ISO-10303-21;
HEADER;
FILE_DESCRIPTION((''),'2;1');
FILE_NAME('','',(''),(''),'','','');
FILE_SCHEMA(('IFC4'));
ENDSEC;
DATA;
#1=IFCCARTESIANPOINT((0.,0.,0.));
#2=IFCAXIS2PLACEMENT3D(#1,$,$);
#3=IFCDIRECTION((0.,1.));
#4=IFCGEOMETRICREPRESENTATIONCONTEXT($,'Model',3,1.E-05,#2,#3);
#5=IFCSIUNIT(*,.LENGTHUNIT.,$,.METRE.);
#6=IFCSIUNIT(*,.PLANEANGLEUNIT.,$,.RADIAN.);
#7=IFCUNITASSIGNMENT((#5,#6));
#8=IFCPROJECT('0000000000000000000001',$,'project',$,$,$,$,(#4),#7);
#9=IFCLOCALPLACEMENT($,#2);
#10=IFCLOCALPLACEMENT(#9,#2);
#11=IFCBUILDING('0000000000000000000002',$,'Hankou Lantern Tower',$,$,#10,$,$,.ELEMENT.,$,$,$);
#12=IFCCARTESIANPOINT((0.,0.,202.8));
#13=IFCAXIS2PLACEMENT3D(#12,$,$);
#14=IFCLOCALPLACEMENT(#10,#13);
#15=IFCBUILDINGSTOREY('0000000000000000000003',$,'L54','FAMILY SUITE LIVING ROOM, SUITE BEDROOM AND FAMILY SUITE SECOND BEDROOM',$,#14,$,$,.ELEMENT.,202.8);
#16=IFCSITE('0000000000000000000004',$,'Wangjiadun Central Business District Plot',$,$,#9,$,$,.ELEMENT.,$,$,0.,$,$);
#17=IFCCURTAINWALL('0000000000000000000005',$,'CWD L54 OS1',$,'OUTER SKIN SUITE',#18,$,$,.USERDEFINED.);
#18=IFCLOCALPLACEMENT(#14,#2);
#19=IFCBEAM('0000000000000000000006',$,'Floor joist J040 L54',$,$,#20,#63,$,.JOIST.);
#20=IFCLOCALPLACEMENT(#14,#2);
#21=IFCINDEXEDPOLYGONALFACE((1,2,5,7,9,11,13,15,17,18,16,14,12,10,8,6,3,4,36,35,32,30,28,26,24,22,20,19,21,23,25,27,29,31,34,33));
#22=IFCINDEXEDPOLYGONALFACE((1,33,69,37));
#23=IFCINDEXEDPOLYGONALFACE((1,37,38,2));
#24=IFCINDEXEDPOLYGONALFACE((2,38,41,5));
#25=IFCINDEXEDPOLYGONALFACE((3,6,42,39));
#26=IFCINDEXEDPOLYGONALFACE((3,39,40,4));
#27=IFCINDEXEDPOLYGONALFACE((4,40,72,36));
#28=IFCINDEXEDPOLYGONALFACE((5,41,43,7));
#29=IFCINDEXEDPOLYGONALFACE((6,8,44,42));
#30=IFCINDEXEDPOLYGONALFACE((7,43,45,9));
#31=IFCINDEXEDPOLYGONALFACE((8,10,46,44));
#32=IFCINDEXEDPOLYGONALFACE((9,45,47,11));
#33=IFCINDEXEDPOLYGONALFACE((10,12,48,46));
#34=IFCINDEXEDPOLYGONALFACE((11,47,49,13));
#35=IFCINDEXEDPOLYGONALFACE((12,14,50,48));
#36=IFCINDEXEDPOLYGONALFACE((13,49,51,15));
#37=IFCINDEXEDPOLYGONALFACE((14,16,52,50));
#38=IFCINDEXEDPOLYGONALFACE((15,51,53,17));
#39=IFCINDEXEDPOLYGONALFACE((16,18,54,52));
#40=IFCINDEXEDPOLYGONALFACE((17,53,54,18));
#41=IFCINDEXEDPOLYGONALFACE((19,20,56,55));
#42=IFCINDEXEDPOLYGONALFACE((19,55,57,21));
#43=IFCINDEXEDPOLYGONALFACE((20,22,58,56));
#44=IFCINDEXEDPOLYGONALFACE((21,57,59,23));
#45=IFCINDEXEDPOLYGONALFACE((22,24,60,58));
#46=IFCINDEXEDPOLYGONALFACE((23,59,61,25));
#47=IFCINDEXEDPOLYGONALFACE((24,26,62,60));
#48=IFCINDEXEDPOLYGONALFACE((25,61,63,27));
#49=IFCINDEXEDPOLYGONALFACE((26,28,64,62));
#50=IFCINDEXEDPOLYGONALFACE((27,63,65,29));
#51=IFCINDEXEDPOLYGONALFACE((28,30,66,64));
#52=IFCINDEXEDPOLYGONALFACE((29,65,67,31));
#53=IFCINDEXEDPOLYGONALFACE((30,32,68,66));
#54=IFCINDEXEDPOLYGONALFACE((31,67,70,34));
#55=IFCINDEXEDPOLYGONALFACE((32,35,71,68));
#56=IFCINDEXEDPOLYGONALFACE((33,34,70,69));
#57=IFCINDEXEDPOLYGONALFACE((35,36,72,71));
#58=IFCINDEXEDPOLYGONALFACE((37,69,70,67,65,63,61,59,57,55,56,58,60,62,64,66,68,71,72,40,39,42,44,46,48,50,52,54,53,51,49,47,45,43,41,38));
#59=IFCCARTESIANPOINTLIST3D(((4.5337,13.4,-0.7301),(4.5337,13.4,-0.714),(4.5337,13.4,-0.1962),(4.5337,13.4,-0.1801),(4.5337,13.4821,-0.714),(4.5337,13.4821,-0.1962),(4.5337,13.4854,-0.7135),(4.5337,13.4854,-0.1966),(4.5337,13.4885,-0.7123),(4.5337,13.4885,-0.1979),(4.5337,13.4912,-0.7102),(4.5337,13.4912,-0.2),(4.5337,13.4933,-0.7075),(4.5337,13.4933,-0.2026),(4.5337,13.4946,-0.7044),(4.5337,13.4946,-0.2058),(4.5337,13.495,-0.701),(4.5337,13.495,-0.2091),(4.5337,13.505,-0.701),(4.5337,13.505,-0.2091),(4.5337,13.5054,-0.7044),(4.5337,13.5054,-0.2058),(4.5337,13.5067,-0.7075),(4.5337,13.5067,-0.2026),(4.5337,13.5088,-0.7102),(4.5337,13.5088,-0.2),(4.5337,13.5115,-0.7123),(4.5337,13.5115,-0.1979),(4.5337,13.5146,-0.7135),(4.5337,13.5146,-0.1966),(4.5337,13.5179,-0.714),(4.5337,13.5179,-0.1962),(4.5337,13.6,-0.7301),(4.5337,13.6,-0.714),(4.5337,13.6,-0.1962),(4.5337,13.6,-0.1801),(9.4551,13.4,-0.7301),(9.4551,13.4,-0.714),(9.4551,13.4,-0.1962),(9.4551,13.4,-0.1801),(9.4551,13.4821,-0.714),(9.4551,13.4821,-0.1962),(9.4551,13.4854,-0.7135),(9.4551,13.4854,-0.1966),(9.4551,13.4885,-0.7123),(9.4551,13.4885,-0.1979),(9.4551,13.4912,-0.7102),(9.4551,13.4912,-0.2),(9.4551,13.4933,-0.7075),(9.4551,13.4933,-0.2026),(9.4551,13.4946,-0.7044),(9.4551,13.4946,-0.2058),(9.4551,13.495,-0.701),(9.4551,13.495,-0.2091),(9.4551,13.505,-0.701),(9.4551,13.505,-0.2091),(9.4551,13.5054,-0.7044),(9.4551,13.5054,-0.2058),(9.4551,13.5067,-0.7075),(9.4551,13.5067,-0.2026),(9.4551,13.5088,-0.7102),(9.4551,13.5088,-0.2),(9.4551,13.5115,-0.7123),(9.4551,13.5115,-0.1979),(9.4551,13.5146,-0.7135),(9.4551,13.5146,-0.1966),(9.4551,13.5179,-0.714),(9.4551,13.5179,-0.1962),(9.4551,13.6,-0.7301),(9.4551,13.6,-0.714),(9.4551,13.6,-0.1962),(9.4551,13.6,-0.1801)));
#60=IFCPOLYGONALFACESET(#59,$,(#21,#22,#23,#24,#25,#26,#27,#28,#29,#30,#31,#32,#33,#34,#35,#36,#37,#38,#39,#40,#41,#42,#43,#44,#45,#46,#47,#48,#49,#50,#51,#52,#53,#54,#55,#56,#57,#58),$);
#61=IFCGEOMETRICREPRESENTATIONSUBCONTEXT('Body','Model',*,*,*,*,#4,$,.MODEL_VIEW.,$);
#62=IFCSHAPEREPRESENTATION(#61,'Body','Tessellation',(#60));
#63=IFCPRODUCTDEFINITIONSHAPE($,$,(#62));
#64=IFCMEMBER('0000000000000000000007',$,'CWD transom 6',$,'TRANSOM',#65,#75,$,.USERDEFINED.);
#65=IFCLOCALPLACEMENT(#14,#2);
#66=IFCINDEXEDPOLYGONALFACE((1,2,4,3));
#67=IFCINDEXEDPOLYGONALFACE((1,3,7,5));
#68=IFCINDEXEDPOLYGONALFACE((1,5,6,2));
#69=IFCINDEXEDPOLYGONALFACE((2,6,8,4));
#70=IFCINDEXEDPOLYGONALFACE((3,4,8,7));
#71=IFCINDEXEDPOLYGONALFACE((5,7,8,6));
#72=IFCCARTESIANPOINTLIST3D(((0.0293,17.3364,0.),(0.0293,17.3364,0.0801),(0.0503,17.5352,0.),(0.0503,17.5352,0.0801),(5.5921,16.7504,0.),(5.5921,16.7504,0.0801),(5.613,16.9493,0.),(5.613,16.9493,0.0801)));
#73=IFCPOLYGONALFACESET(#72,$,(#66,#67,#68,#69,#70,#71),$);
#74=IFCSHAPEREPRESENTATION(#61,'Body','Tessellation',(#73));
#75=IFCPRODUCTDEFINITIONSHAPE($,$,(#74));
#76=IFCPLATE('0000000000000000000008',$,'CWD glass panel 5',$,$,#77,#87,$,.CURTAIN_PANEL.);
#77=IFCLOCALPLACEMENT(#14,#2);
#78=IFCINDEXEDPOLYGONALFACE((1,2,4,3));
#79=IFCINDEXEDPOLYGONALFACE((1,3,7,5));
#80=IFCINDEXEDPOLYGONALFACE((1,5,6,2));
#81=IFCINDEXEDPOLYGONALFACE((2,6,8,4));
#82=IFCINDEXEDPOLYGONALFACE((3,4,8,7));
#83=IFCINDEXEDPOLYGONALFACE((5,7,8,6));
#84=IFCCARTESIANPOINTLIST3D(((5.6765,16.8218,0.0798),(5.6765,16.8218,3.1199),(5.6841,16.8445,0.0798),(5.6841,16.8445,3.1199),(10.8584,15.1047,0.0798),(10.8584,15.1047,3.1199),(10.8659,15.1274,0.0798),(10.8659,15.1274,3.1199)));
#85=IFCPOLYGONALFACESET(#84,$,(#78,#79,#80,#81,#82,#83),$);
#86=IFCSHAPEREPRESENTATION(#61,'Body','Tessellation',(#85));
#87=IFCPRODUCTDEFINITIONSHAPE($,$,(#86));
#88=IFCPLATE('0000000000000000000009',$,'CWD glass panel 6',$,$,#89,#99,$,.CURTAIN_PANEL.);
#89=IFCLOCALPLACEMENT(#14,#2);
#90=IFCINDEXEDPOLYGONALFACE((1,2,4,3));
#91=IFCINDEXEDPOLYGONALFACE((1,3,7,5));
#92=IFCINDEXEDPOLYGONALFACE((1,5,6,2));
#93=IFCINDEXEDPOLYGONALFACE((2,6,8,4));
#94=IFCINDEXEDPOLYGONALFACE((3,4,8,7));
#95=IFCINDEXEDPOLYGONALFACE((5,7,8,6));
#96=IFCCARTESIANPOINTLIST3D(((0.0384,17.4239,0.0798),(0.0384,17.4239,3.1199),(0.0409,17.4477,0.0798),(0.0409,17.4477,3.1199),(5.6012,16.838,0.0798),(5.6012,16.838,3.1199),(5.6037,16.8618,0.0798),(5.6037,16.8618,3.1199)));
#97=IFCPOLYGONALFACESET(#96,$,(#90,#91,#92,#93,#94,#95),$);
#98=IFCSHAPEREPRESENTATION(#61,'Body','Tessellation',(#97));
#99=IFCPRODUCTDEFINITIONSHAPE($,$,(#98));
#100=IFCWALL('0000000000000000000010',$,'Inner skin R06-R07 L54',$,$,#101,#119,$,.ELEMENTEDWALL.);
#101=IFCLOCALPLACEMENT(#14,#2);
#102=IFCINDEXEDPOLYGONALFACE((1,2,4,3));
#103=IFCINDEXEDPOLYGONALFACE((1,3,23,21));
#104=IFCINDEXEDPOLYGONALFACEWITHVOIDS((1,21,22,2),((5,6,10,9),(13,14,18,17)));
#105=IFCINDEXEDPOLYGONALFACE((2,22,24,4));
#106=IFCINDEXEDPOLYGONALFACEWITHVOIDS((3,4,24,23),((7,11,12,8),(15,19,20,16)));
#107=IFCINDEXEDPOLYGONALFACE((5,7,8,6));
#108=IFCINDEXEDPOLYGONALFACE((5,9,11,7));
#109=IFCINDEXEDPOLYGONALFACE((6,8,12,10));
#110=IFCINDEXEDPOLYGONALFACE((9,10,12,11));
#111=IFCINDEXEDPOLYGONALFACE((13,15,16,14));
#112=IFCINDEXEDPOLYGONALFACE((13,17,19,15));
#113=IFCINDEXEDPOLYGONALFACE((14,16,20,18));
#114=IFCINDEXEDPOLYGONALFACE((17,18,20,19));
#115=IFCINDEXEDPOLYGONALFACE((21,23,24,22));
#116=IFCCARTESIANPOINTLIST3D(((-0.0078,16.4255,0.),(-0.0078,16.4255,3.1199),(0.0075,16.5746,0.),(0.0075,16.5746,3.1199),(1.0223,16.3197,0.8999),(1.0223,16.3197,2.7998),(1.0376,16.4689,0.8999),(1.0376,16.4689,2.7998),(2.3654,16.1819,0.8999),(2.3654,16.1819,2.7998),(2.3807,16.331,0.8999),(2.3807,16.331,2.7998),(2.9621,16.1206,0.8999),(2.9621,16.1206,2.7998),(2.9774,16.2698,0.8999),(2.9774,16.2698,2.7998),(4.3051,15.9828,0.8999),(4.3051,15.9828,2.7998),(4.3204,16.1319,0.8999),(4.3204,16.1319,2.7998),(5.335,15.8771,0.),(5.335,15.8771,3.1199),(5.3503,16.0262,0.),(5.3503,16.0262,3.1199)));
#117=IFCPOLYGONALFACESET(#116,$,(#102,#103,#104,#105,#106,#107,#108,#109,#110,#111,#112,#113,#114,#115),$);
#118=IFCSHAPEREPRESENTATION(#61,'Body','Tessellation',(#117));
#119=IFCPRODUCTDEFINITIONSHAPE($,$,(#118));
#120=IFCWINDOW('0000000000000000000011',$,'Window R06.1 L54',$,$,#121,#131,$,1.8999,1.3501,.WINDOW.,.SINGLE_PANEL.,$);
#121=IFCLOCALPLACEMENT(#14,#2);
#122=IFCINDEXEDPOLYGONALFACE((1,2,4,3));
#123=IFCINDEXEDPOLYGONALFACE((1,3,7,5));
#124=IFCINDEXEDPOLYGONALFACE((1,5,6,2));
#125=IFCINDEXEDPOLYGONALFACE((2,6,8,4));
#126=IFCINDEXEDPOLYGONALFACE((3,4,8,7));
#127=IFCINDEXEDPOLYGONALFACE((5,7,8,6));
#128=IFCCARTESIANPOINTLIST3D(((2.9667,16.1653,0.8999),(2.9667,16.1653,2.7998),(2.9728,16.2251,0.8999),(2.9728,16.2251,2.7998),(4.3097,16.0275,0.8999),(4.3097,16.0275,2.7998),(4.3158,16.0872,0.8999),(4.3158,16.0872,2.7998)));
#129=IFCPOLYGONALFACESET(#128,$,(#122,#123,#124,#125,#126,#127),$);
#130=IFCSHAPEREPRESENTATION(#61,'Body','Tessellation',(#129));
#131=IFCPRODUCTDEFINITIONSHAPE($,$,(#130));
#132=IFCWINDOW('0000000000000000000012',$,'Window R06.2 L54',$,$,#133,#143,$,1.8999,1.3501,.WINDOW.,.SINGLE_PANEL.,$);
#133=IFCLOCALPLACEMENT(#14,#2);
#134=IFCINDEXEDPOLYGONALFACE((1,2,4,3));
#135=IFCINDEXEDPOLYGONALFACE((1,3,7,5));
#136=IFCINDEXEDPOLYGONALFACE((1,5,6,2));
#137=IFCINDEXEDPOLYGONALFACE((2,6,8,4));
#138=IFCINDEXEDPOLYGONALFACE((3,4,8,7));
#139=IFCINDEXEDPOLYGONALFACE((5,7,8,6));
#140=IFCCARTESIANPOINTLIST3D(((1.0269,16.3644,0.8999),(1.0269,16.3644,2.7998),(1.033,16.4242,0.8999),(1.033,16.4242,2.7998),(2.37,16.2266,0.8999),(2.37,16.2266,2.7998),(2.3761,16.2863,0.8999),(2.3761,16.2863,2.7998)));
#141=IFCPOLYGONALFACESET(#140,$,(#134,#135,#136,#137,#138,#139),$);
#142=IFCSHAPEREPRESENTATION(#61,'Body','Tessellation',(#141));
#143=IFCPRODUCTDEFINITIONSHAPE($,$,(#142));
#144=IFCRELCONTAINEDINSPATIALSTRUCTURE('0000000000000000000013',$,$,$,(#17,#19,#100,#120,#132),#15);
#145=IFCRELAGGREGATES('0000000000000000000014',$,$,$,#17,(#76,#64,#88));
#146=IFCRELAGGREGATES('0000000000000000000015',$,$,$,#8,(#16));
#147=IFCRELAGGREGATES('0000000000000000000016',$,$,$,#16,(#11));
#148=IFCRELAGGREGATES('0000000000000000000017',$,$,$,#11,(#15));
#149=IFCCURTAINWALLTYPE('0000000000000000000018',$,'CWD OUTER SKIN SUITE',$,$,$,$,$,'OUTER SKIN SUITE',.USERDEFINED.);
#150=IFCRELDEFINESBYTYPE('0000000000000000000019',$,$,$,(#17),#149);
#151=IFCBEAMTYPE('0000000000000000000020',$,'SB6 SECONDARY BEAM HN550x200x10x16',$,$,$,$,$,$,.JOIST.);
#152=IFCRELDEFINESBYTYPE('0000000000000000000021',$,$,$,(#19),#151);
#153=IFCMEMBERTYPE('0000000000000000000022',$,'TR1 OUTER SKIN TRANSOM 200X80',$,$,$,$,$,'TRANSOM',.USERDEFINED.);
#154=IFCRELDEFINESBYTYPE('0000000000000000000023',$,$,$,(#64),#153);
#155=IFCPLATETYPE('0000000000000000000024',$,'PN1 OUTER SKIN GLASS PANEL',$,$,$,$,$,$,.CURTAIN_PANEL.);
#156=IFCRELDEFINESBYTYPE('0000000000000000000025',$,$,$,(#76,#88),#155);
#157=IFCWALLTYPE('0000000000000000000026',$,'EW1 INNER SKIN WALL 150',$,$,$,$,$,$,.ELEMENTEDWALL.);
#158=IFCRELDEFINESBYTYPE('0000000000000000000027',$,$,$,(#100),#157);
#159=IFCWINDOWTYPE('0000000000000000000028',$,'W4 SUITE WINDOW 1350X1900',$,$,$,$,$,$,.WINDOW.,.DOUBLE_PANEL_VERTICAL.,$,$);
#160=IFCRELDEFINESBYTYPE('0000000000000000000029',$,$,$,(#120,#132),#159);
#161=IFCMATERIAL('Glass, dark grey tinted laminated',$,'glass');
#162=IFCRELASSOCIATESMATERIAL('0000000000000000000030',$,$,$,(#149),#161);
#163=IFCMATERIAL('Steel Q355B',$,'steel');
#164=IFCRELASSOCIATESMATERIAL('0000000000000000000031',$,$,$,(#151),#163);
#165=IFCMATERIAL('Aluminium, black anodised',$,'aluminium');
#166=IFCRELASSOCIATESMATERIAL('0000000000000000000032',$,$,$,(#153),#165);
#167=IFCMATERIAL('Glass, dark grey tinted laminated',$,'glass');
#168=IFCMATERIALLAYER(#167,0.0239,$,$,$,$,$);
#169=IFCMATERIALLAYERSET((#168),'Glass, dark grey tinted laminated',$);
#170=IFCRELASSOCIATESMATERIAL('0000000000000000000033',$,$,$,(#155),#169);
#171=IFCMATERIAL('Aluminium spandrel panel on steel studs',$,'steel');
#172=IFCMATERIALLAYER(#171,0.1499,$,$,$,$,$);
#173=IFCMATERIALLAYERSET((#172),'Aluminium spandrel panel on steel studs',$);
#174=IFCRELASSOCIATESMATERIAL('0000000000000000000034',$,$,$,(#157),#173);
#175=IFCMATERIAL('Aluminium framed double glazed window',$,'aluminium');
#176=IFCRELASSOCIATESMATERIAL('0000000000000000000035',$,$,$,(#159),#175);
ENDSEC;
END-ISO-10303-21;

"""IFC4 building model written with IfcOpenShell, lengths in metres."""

from ifc_helpers import new_model, si_unit, direction, frame, frame_2d, origin, origin_2d, place, context, subcontext, project, spatial, rectangle, i_section, extrude, material, layer, layer_set, material_profile, profile_set, type_object, element, fill, aggregate, save


model = new_model("IFC4")

# Units and contexts
model_context = context("Model", 3, precision=1e-05, world=origin(), true_north=direction((0.0, 1.0)))
body_context = subcontext(model_context, "Body", "Model", "MODEL_VIEW")
ifc_project = project(units=[si_unit("LENGTHUNIT", "METRE"), si_unit("PLANEANGLEUNIT", "RADIAN")], contexts=[model_context])

# Site, building, storey
site_placement = place(None, origin())
site = spatial("IfcSite", under=ifc_project, at=site_placement, Name="Wangjiadun Central Business District Plot", CompositionType="ELEMENT", RefElevation=0.0)
building_placement = place(site_placement, origin())
building = spatial("IfcBuilding", under=site, at=building_placement, Name="Hankou Lantern Tower", CompositionType="ELEMENT")
storey_placement = place(building_placement, frame((0.0, 0.0, 202.8)))
storey = spatial("IfcBuildingStorey", under=building, at=storey_placement, Name="L54", Description="FAMILY SUITE LIVING ROOM, SUITE BEDROOM AND FAMILY SUITE SECOND BEDROOM", CompositionType="ELEMENT", Elevation=202.8)

# Curtain wall
ifc_material_1 = material(Name="Glass, dark grey tinted laminated", Category="glass")
curtain_wall_type = type_object("IfcCurtainWallType", Name="CWD OUTER SKIN SUITE", ElementType="OUTER SKIN SUITE", PredefinedType="USERDEFINED", material=ifc_material_1)
curtain_wall_1_placement = place(storey_placement, origin())
curtain_wall_1 = element("IfcCurtainWall", 1, at=curtain_wall_1_placement, inside=storey, type_object=curtain_wall_type, Name="CWD L54 OS1", ObjectType="OUTER SKIN SUITE", PredefinedType="USERDEFINED")

# Beam
ifc_material_2 = material(Name="Steel Q355B", Category="steel")
ifc_material_profile_1 = material_profile(ifc_material_2, i_section(OverallWidth=0.2, OverallDepth=0.55, WebThickness=0.01, FlangeThickness=0.0161, FilletRadius=0.0129, at=origin_2d()), Name="HN550x200x10x16")
ifc_profile_set_1 = profile_set([ifc_material_profile_1], Name="Steel Q355B")
beam_type_1 = type_object("IfcBeamType", Name="SB6 SECONDARY BEAM HN550x200x10x16", PredefinedType="JOIST", material=ifc_profile_set_1)
beam_1_placement = place(storey_placement, frame((4.5337, 13.5, -0.4551), z_axis=(1.0, 0.0, 0.0), x_axis=(0.0, 1.0, 0.0)))
element("IfcBeam", 2, at=beam_1_placement, inside=storey, type_object=beam_type_1, Name="Floor joist J040 L54", PredefinedType="JOIST", context=body_context, shape_type="SweptSolid", body=[
    extrude(i_section(OverallWidth=0.2, OverallDepth=0.55, WebThickness=0.01, FlangeThickness=0.0161, FilletRadius=0.0129, at=origin_2d()), origin(), (0.0, 0.0, 1.0), 4.9214),
])

# Member
ifc_material_3 = material(Name="Aluminium, black anodised", Category="aluminium")
ifc_material_profile_2 = material_profile(ifc_material_3, rectangle(XDim=0.2, YDim=0.0801, at=origin_2d()), Name="TR1 200X80")
ifc_profile_set_2 = profile_set([ifc_material_profile_2], Name="Aluminium, black anodised")
member_type_1 = type_object("IfcMemberType", Name="TR1 OUTER SKIN TRANSOM 200X80", ElementType="TRANSOM", PredefinedType="USERDEFINED", material=ifc_profile_set_2)
member_1_placement = place(storey_placement, frame((5.6025, 16.8499, 0.04), z_axis=(-0.994498, 0.104753, 0.0), x_axis=(-0.104753, -0.994498, 0.0)))
member_1 = element("IfcMember", 3, at=member_1_placement, type_object=member_type_1, Name="CWD transom 6", ObjectType="TRANSOM", PredefinedType="USERDEFINED", context=body_context, shape_type="SweptSolid", body=[
    extrude(rectangle(XDim=0.2, YDim=0.0801, at=origin_2d()), origin(), (0.0, 0.0, 1.0), 5.5935),
])

# Plates
ifc_material_4 = material(Name="Glass, dark grey tinted laminated", Category="glass")
ifc_layer_1 = layer(ifc_material_4, 0.0239)
ifc_layer_set_1 = layer_set([ifc_layer_1], Name="Glass, dark grey tinted laminated")
plate_type = type_object("IfcPlateType", Name="PN1 OUTER SKIN GLASS PANEL", PredefinedType="CURTAIN_PANEL", material=ifc_layer_set_1)
plate_1_placement = place(storey_placement, frame((8.2712, 15.9746, 0.0798), z_axis=(0.0, 0.0, 1.0), x_axis=(-0.949241, 0.314551, 0.0)))
plate_1 = element("IfcPlate", 4, at=plate_1_placement, type_object=plate_type, Name="CWD glass panel 5", PredefinedType="CURTAIN_PANEL", context=body_context, shape_type="SweptSolid", body=[
    extrude(rectangle(XDim=5.459, YDim=0.0239, at=origin_2d()), origin(), (0.0, 0.0, 1.0), 3.04),
])
plate_2_placement = place(storey_placement, frame((2.821, 17.1428, 0.0798), z_axis=(0.0, 0.0, 1.0), x_axis=(-0.994499, 0.104743, 0.0)))
plate_2 = element("IfcPlate", 5, at=plate_2_placement, type_object=plate_type, Name="CWD glass panel 6", PredefinedType="CURTAIN_PANEL", context=body_context, shape_type="SweptSolid", body=[
    extrude(rectangle(XDim=5.5935, YDim=0.0239, at=origin_2d()), origin(), (0.0, 0.0, 1.0), 3.04),
])
aggregate(curtain_wall_1, [plate_1, member_1, plate_2])

# Wall, openings, windows
ifc_material_5 = material(Name="Aluminium spandrel panel on steel studs", Category="steel")
ifc_layer_2 = layer(ifc_material_5, 0.1499)
ifc_layer_set_2 = layer_set([ifc_layer_2], Name="Aluminium spandrel panel on steel studs")
wall_type_1 = type_object("IfcWallType", Name="EW1 INNER SKIN WALL 150", PredefinedType="ELEMENTEDWALL", material=ifc_layer_set_2)
wall_1_placement = place(storey_placement, frame((5.3428, 15.9517, 0.0), z_axis=(0.0, 0.0, 1.0), x_axis=(-0.994775, 0.102096, 0.0)))
wall_1 = element("IfcWall", 6, at=wall_1_placement, inside=storey, type_object=wall_type_1, Name="Inner skin R06-R07 L54", PredefinedType="ELEMENTEDWALL", context=body_context, shape_type="SweptSolid", body=[
    extrude(rectangle(XDim=5.3708, YDim=0.1499, at=frame_2d((2.6855, 0.0))), origin(), (0.0, 0.0, 1.0), 3.1199),
])
opening_1_placement = place(wall_1_placement, frame((1.0354, 0.0, 0.8999)))
opening_1 = element("IfcOpeningElement", 7, at=opening_1_placement, cuts=wall_1, PredefinedType="OPENING", context=body_context, shape_type="SweptSolid", body=[
    extrude(rectangle(XDim=1.3501, YDim=1.8999, at=frame_2d((0.675, 0.95))), frame((0.0, 0.085, 0.0), z_axis=(0.0, -1.0, 0.0), x_axis=(1.0, 0.0, 0.0)), (0.0, 0.0, 1.0), 0.1699),
])
opening_2_placement = place(wall_1_placement, frame((2.9854, 0.0, 0.8999)))
opening_2 = element("IfcOpeningElement", 8, at=opening_2_placement, cuts=wall_1, PredefinedType="OPENING", context=body_context, shape_type="SweptSolid", body=[
    extrude(rectangle(XDim=1.3501, YDim=1.8999, at=frame_2d((0.675, 0.95))), frame((0.0, 0.085, 0.0), z_axis=(0.0, -1.0, 0.0), x_axis=(1.0, 0.0, 0.0)), (0.0, 0.0, 1.0), 0.1699),
])
ifc_material_6 = material(Name="Aluminium framed double glazed window", Category="aluminium")
window_type = type_object("IfcWindowType", Name="W4 SUITE WINDOW 1350X1900", PartitioningType="DOUBLE_PANEL_VERTICAL", PredefinedType="WINDOW", material=ifc_material_6)
window_1_placement = place(opening_1_placement, origin())
window_1 = element("IfcWindow", 9, at=window_1_placement, inside=storey, type_object=window_type, Name="Window R06.1 L54", OverallHeight=1.8999, OverallWidth=1.3501, PartitioningType="SINGLE_PANEL", PredefinedType="WINDOW", context=body_context, shape_type="SweptSolid", body=[
    extrude(rectangle(XDim=1.3501, YDim=1.8999, at=frame_2d((0.675, 0.95))), frame((0.0, 0.03, 0.0), z_axis=(0.0, -1.0, 0.0), x_axis=(1.0, 0.0, 0.0)), (0.0, 0.0, 1.0), 0.0601),
])
fill(opening_1, window_1)
window_2_placement = place(opening_2_placement, origin())
window_2 = element("IfcWindow", 10, at=window_2_placement, inside=storey, type_object=window_type, Name="Window R06.2 L54", OverallHeight=1.8999, OverallWidth=1.3501, PartitioningType="SINGLE_PANEL", PredefinedType="WINDOW", context=body_context, shape_type="SweptSolid", body=[
    extrude(rectangle(XDim=1.3501, YDim=1.8999, at=frame_2d((0.675, 0.95))), frame((0.0, 0.03, 0.0), z_axis=(0.0, -1.0, 0.0), x_axis=(1.0, 0.0, 0.0)), (0.0, 0.0, 1.0), 0.0601),
])
fill(opening_2, window_2)

save(model, "model.ifc")
